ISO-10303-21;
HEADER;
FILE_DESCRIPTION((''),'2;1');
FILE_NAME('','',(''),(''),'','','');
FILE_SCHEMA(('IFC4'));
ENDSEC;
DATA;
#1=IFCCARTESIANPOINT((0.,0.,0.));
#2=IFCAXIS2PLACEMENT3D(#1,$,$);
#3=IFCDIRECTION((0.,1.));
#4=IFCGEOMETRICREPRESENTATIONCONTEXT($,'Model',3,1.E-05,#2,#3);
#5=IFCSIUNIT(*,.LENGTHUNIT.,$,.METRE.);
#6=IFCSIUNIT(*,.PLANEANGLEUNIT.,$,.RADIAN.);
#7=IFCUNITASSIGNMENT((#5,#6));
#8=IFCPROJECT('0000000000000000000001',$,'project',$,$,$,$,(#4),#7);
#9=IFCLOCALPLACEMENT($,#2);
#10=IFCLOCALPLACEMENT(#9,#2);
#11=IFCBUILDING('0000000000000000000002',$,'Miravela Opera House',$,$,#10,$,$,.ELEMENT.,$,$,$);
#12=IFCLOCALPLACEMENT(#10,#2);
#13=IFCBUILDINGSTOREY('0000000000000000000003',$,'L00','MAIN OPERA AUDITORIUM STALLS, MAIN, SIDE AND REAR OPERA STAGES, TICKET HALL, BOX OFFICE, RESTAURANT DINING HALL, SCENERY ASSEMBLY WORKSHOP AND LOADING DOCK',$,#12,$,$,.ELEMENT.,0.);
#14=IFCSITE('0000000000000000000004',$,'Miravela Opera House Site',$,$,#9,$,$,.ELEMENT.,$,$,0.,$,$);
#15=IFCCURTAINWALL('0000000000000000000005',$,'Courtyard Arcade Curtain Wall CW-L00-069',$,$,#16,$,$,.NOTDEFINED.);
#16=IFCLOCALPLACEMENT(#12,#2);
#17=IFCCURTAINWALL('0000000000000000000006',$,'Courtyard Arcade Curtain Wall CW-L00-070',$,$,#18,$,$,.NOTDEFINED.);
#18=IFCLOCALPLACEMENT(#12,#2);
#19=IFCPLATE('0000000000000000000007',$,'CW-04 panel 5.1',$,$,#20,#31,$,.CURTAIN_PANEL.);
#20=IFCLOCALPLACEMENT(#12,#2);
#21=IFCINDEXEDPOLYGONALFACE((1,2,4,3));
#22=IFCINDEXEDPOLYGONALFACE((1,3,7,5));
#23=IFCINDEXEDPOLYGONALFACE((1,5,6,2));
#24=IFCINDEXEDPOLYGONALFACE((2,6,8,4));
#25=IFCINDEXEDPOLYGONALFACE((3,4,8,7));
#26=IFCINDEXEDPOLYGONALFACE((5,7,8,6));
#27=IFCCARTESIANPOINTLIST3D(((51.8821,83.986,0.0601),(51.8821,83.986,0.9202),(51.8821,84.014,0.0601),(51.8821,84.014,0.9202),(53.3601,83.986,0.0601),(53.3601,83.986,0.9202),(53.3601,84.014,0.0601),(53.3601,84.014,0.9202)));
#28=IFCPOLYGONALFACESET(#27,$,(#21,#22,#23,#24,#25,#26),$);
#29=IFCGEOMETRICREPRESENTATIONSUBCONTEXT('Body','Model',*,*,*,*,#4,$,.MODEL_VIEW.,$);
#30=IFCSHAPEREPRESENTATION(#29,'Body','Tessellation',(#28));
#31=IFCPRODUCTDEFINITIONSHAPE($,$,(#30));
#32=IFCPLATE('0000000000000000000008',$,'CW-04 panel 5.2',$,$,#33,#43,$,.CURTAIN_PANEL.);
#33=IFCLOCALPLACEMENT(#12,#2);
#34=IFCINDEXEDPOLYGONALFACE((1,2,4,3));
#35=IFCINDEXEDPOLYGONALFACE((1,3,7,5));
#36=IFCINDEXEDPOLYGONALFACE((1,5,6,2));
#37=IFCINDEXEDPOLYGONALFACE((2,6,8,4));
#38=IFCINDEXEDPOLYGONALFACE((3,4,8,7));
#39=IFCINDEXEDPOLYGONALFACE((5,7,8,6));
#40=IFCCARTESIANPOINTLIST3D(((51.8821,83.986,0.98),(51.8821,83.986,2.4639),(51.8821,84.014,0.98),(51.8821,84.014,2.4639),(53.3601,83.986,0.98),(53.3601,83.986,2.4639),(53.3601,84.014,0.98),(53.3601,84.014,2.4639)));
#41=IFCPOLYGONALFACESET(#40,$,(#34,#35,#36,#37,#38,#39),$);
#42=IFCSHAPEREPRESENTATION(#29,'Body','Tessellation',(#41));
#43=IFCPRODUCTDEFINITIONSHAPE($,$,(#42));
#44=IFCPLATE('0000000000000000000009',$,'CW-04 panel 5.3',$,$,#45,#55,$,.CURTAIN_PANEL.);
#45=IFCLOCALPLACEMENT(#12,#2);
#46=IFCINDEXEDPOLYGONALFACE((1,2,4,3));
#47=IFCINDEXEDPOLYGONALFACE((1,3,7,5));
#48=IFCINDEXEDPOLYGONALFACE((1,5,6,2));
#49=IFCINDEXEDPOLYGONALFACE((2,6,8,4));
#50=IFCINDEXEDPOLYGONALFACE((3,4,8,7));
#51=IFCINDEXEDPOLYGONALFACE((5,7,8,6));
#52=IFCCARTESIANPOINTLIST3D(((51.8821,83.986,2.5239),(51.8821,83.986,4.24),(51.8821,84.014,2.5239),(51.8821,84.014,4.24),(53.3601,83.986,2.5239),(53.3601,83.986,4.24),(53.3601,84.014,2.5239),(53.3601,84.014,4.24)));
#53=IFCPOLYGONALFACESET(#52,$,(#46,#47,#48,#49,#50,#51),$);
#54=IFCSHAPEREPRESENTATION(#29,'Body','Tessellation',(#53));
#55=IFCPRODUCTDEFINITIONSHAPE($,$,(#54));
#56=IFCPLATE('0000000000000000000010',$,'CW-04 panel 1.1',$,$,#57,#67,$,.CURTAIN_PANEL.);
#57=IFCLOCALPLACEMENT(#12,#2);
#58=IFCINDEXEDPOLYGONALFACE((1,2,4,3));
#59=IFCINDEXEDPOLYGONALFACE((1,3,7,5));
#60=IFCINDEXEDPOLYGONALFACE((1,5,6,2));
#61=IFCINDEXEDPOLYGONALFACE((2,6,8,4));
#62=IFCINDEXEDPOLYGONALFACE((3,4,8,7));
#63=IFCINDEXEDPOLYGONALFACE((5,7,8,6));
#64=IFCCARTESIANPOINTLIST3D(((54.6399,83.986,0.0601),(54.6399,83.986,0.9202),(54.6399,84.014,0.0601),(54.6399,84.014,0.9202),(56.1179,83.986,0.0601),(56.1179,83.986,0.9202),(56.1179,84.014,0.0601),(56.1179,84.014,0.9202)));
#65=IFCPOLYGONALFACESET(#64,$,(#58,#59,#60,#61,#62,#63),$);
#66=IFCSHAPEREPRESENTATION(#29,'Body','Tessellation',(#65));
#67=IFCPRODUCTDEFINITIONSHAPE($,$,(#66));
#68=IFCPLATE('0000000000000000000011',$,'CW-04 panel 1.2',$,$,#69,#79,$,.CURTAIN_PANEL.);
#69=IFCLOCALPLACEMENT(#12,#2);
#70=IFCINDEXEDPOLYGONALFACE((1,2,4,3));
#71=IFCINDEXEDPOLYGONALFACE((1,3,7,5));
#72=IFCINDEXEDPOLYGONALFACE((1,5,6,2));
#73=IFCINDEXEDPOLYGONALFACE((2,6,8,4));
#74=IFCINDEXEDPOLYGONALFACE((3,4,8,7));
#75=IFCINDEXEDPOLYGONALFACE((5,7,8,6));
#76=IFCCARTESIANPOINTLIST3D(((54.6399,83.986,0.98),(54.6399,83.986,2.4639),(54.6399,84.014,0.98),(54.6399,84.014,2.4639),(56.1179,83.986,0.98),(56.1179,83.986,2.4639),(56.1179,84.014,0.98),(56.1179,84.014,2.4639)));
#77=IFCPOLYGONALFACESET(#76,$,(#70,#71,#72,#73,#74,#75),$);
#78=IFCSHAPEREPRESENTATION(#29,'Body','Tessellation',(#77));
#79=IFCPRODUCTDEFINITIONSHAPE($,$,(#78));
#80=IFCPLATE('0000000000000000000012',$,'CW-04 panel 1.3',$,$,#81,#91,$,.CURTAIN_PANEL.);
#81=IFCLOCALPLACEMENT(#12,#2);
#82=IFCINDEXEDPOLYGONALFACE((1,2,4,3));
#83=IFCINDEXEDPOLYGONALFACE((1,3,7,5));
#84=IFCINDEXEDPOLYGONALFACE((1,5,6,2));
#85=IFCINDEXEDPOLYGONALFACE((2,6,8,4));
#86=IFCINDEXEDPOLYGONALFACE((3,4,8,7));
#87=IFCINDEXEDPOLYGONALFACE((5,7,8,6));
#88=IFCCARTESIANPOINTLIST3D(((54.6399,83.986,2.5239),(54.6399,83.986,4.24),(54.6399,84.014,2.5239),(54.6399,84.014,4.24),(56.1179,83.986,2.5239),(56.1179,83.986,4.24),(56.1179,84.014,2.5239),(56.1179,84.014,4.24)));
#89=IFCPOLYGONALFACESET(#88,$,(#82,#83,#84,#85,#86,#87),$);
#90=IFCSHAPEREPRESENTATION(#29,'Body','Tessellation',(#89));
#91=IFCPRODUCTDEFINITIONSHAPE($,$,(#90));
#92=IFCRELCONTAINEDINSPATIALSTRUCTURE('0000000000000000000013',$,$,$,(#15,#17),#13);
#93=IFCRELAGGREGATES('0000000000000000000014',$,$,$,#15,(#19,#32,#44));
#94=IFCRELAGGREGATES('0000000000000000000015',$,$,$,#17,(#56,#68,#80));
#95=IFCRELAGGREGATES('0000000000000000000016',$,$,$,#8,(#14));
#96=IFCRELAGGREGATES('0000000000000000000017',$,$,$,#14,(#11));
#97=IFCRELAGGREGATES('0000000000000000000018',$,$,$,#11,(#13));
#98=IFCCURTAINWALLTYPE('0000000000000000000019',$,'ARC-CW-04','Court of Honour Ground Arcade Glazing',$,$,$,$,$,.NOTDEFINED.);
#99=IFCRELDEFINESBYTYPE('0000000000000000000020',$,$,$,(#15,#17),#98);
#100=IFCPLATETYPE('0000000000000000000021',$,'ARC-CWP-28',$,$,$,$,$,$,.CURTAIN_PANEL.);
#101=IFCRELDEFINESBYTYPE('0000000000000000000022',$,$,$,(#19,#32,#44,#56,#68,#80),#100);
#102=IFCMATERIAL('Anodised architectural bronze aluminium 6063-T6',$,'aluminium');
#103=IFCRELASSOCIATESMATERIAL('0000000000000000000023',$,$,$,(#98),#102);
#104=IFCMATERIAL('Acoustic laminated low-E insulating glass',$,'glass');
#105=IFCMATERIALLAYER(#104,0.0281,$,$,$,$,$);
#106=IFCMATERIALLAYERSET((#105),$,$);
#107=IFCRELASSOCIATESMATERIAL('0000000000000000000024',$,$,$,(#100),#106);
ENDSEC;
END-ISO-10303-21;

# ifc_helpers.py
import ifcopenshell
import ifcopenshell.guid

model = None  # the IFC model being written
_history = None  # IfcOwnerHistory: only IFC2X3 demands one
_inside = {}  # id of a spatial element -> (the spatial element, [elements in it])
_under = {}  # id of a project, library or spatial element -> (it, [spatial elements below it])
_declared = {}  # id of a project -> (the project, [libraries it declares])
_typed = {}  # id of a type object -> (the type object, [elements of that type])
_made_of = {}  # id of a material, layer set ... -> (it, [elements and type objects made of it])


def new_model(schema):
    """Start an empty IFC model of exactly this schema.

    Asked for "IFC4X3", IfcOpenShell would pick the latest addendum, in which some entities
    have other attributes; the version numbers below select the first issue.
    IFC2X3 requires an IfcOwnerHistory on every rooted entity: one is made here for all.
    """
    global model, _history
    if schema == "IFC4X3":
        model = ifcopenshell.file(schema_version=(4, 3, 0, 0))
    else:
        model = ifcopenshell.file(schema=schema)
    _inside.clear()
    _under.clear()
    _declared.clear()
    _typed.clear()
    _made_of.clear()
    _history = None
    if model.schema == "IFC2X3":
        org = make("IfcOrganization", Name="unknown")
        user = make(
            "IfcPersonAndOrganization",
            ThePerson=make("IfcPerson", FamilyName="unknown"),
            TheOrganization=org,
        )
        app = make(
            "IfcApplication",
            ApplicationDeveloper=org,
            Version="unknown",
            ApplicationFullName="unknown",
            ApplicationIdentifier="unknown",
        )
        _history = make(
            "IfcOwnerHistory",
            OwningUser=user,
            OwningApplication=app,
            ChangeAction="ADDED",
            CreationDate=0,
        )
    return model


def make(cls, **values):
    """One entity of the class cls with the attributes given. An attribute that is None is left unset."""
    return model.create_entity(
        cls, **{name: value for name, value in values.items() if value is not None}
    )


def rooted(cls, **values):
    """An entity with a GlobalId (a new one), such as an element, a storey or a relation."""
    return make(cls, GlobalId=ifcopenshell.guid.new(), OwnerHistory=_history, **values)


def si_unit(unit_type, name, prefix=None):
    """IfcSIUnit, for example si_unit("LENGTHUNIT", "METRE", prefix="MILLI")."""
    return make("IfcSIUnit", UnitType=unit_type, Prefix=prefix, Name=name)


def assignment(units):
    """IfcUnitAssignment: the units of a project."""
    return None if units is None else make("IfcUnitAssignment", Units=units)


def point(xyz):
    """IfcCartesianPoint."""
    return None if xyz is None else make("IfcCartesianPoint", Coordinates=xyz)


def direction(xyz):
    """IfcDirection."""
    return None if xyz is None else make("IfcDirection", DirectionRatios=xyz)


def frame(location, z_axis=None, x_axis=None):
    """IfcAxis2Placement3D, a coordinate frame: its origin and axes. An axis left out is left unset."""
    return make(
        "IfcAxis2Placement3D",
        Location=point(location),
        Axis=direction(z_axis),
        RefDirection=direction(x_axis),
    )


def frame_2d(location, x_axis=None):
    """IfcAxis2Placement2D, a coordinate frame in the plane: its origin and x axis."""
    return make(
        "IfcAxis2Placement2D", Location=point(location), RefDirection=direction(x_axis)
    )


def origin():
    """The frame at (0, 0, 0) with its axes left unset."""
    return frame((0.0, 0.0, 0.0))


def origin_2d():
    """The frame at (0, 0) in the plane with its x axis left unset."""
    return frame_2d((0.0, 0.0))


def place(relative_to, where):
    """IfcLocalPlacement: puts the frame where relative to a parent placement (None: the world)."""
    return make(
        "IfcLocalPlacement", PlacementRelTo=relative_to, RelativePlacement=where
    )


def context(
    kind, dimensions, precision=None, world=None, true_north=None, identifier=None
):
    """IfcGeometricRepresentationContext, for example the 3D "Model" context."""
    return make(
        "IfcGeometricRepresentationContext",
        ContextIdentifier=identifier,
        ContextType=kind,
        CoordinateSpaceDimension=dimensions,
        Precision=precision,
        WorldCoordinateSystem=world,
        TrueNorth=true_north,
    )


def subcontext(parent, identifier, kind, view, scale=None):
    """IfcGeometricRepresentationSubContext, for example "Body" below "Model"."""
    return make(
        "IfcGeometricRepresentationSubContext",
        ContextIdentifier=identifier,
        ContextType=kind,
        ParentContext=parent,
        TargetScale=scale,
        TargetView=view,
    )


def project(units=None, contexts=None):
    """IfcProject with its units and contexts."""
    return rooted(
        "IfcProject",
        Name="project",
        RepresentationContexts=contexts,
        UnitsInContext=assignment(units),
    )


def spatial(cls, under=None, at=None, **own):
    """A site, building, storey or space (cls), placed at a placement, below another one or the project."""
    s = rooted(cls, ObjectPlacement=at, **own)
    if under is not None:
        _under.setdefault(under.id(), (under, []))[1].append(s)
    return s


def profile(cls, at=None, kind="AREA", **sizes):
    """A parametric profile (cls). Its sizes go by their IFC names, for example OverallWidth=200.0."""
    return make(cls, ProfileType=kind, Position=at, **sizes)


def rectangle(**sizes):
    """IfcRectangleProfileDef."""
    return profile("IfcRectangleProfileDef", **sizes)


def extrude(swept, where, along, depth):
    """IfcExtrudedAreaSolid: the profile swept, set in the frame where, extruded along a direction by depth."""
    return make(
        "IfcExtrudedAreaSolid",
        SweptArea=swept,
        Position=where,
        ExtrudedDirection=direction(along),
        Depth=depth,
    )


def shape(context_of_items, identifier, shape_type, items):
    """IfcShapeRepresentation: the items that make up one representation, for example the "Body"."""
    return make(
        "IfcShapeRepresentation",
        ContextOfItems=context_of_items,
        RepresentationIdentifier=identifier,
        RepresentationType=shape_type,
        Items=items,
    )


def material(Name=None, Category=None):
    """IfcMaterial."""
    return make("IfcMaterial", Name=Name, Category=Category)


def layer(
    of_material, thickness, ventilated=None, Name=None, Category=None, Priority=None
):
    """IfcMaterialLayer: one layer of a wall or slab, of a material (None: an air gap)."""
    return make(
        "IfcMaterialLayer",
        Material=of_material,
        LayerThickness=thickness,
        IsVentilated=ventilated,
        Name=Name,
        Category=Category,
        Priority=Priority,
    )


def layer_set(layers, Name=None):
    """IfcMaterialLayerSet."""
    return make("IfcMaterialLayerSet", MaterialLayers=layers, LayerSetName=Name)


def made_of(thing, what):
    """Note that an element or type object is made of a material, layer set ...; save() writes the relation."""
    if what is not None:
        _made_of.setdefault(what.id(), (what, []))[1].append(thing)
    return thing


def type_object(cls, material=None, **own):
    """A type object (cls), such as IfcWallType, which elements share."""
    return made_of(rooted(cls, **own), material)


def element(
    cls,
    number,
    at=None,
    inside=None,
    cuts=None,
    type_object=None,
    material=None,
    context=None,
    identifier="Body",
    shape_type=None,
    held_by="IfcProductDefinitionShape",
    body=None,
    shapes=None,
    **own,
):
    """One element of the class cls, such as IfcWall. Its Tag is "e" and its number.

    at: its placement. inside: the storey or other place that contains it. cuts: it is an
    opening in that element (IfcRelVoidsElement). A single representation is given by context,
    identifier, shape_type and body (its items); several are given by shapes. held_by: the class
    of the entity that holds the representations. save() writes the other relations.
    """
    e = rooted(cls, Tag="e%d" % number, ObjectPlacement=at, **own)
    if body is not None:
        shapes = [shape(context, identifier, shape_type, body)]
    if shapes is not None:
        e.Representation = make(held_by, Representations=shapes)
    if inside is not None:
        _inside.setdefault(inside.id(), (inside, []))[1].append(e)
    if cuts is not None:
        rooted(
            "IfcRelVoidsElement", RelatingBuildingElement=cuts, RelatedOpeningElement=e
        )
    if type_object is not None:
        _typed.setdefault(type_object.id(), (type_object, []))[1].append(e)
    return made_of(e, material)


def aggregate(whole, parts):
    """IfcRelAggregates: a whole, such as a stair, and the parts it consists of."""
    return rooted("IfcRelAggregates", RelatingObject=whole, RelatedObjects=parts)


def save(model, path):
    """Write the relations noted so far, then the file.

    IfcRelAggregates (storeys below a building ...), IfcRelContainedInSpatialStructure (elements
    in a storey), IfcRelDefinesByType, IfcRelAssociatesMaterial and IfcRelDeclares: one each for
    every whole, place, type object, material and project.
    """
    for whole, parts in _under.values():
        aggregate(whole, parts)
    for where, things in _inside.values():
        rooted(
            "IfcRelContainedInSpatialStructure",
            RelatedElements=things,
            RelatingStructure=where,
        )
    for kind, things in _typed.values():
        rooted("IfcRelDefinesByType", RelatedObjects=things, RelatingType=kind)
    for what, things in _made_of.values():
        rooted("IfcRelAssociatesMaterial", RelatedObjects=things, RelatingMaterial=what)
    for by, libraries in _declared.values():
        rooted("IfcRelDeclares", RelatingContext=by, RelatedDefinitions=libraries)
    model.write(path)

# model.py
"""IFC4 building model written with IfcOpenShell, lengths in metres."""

from ifc_helpers import new_model, si_unit, direction, frame, origin, origin_2d, place, context, subcontext, project, spatial, rectangle, extrude, material, layer, layer_set, type_object, element, aggregate, save


model = new_model("IFC4")

# Units and contexts
model_context = context("Model", 3, precision=1e-05, world=origin(), true_north=direction((0.0, 1.0)))
body_context = subcontext(model_context, "Body", "Model", "MODEL_VIEW")
ifc_project = project(units=[si_unit("LENGTHUNIT", "METRE"), si_unit("PLANEANGLEUNIT", "RADIAN")], contexts=[model_context])

# Site, building, storey
site_placement = place(None, origin())
site = spatial("IfcSite", under=ifc_project, at=site_placement, Name="Miravela Opera House Site", CompositionType="ELEMENT", RefElevation=0.0)
building_placement = place(site_placement, origin())
building = spatial("IfcBuilding", under=site, at=building_placement, Name="Miravela Opera House", CompositionType="ELEMENT")
storey_placement = place(building_placement, origin())
storey = spatial("IfcBuildingStorey", under=building, at=storey_placement, Name="L00", Description="MAIN OPERA AUDITORIUM STALLS, MAIN, SIDE AND REAR OPERA STAGES, TICKET HALL, BOX OFFICE, RESTAURANT DINING HALL, SCENERY ASSEMBLY WORKSHOP AND LOADING DOCK", CompositionType="ELEMENT", Elevation=0.0)

# Curtain wall
ifc_material_1 = material(Name="Anodised architectural bronze aluminium 6063-T6", Category="aluminium")
curtain_wall_type = type_object("IfcCurtainWallType", Name="ARC-CW-04", Description="Court of Honour Ground Arcade Glazing", PredefinedType="NOTDEFINED", material=ifc_material_1)
curtain_wall_1_placement = place(storey_placement, origin())
curtain_wall_1 = element("IfcCurtainWall", 1, at=curtain_wall_1_placement, inside=storey, type_object=curtain_wall_type, Name="Courtyard Arcade Curtain Wall CW-L00-069", PredefinedType="NOTDEFINED")

# Curtain wall
curtain_wall_2_placement = place(storey_placement, origin())
curtain_wall_2 = element("IfcCurtainWall", 2, at=curtain_wall_2_placement, inside=storey, type_object=curtain_wall_type, Name="Courtyard Arcade Curtain Wall CW-L00-070", PredefinedType="NOTDEFINED")

# Plates
ifc_material_2 = material(Name="Acoustic laminated low-E insulating glass", Category="glass")
ifc_layer = layer(ifc_material_2, 0.0281)
ifc_layer_set = layer_set([ifc_layer])
plate_type = type_object("IfcPlateType", Name="ARC-CWP-28", PredefinedType="CURTAIN_PANEL", material=ifc_layer_set)
plate_1_placement = place(storey_placement, frame((52.6211, 84.0, 0.0601), z_axis=(0.0, 0.0, 1.0), x_axis=(1.0, 0.0, 0.0)))
plate_1 = element("IfcPlate", 3, at=plate_1_placement, type_object=plate_type, Name="CW-04 panel 5.1", PredefinedType="CURTAIN_PANEL", context=body_context, shape_type="SweptSolid", body=[
    extrude(rectangle(XDim=1.478, YDim=0.0281, at=origin_2d()), origin(), (0.0, 0.0, 1.0), 0.8601),
])
plate_2_placement = place(storey_placement, frame((52.6211, 84.0, 0.98), z_axis=(0.0, 0.0, 1.0), x_axis=(1.0, 0.0, 0.0)))
plate_2 = element("IfcPlate", 4, at=plate_2_placement, type_object=plate_type, Name="CW-04 panel 5.2", PredefinedType="CURTAIN_PANEL", context=body_context, shape_type="SweptSolid", body=[
    extrude(rectangle(XDim=1.478, YDim=0.0281, at=origin_2d()), origin(), (0.0, 0.0, 1.0), 1.4839),
])
plate_3_placement = place(storey_placement, frame((52.6211, 84.0, 2.5239), z_axis=(0.0, 0.0, 1.0), x_axis=(1.0, 0.0, 0.0)))
plate_3 = element("IfcPlate", 5, at=plate_3_placement, type_object=plate_type, Name="CW-04 panel 5.3", PredefinedType="CURTAIN_PANEL", context=body_context, shape_type="SweptSolid", body=[
    extrude(rectangle(XDim=1.478, YDim=0.0281, at=origin_2d()), origin(), (0.0, 0.0, 1.0), 1.7161),
])
aggregate(curtain_wall_1, [plate_1, plate_2, plate_3])
plate_4_placement = place(storey_placement, frame((55.3789, 84.0, 0.0601), z_axis=(0.0, 0.0, 1.0), x_axis=(1.0, 0.0, 0.0)))
plate_4 = element("IfcPlate", 6, at=plate_4_placement, type_object=plate_type, Name="CW-04 panel 1.1", PredefinedType="CURTAIN_PANEL", context=body_context, shape_type="SweptSolid", body=[
    extrude(rectangle(XDim=1.478, YDim=0.0281, at=origin_2d()), origin(), (0.0, 0.0, 1.0), 0.8601),
])
plate_5_placement = place(storey_placement, frame((55.3789, 84.0, 0.98), z_axis=(0.0, 0.0, 1.0), x_axis=(1.0, 0.0, 0.0)))
plate_5 = element("IfcPlate", 7, at=plate_5_placement, type_object=plate_type, Name="CW-04 panel 1.2", PredefinedType="CURTAIN_PANEL", context=body_context, shape_type="SweptSolid", body=[
    extrude(rectangle(XDim=1.478, YDim=0.0281, at=origin_2d()), origin(), (0.0, 0.0, 1.0), 1.4839),
])
plate_6_placement = place(storey_placement, frame((55.3789, 84.0, 2.5239), z_axis=(0.0, 0.0, 1.0), x_axis=(1.0, 0.0, 0.0)))
plate_6 = element("IfcPlate", 8, at=plate_6_placement, type_object=plate_type, Name="CW-04 panel 1.3", PredefinedType="CURTAIN_PANEL", context=body_context, shape_type="SweptSolid", body=[
    extrude(rectangle(XDim=1.478, YDim=0.0281, at=origin_2d()), origin(), (0.0, 0.0, 1.0), 1.7161),
])
aggregate(curtain_wall_2, [plate_4, plate_5, plate_6])

save(model, "model.ifc")
